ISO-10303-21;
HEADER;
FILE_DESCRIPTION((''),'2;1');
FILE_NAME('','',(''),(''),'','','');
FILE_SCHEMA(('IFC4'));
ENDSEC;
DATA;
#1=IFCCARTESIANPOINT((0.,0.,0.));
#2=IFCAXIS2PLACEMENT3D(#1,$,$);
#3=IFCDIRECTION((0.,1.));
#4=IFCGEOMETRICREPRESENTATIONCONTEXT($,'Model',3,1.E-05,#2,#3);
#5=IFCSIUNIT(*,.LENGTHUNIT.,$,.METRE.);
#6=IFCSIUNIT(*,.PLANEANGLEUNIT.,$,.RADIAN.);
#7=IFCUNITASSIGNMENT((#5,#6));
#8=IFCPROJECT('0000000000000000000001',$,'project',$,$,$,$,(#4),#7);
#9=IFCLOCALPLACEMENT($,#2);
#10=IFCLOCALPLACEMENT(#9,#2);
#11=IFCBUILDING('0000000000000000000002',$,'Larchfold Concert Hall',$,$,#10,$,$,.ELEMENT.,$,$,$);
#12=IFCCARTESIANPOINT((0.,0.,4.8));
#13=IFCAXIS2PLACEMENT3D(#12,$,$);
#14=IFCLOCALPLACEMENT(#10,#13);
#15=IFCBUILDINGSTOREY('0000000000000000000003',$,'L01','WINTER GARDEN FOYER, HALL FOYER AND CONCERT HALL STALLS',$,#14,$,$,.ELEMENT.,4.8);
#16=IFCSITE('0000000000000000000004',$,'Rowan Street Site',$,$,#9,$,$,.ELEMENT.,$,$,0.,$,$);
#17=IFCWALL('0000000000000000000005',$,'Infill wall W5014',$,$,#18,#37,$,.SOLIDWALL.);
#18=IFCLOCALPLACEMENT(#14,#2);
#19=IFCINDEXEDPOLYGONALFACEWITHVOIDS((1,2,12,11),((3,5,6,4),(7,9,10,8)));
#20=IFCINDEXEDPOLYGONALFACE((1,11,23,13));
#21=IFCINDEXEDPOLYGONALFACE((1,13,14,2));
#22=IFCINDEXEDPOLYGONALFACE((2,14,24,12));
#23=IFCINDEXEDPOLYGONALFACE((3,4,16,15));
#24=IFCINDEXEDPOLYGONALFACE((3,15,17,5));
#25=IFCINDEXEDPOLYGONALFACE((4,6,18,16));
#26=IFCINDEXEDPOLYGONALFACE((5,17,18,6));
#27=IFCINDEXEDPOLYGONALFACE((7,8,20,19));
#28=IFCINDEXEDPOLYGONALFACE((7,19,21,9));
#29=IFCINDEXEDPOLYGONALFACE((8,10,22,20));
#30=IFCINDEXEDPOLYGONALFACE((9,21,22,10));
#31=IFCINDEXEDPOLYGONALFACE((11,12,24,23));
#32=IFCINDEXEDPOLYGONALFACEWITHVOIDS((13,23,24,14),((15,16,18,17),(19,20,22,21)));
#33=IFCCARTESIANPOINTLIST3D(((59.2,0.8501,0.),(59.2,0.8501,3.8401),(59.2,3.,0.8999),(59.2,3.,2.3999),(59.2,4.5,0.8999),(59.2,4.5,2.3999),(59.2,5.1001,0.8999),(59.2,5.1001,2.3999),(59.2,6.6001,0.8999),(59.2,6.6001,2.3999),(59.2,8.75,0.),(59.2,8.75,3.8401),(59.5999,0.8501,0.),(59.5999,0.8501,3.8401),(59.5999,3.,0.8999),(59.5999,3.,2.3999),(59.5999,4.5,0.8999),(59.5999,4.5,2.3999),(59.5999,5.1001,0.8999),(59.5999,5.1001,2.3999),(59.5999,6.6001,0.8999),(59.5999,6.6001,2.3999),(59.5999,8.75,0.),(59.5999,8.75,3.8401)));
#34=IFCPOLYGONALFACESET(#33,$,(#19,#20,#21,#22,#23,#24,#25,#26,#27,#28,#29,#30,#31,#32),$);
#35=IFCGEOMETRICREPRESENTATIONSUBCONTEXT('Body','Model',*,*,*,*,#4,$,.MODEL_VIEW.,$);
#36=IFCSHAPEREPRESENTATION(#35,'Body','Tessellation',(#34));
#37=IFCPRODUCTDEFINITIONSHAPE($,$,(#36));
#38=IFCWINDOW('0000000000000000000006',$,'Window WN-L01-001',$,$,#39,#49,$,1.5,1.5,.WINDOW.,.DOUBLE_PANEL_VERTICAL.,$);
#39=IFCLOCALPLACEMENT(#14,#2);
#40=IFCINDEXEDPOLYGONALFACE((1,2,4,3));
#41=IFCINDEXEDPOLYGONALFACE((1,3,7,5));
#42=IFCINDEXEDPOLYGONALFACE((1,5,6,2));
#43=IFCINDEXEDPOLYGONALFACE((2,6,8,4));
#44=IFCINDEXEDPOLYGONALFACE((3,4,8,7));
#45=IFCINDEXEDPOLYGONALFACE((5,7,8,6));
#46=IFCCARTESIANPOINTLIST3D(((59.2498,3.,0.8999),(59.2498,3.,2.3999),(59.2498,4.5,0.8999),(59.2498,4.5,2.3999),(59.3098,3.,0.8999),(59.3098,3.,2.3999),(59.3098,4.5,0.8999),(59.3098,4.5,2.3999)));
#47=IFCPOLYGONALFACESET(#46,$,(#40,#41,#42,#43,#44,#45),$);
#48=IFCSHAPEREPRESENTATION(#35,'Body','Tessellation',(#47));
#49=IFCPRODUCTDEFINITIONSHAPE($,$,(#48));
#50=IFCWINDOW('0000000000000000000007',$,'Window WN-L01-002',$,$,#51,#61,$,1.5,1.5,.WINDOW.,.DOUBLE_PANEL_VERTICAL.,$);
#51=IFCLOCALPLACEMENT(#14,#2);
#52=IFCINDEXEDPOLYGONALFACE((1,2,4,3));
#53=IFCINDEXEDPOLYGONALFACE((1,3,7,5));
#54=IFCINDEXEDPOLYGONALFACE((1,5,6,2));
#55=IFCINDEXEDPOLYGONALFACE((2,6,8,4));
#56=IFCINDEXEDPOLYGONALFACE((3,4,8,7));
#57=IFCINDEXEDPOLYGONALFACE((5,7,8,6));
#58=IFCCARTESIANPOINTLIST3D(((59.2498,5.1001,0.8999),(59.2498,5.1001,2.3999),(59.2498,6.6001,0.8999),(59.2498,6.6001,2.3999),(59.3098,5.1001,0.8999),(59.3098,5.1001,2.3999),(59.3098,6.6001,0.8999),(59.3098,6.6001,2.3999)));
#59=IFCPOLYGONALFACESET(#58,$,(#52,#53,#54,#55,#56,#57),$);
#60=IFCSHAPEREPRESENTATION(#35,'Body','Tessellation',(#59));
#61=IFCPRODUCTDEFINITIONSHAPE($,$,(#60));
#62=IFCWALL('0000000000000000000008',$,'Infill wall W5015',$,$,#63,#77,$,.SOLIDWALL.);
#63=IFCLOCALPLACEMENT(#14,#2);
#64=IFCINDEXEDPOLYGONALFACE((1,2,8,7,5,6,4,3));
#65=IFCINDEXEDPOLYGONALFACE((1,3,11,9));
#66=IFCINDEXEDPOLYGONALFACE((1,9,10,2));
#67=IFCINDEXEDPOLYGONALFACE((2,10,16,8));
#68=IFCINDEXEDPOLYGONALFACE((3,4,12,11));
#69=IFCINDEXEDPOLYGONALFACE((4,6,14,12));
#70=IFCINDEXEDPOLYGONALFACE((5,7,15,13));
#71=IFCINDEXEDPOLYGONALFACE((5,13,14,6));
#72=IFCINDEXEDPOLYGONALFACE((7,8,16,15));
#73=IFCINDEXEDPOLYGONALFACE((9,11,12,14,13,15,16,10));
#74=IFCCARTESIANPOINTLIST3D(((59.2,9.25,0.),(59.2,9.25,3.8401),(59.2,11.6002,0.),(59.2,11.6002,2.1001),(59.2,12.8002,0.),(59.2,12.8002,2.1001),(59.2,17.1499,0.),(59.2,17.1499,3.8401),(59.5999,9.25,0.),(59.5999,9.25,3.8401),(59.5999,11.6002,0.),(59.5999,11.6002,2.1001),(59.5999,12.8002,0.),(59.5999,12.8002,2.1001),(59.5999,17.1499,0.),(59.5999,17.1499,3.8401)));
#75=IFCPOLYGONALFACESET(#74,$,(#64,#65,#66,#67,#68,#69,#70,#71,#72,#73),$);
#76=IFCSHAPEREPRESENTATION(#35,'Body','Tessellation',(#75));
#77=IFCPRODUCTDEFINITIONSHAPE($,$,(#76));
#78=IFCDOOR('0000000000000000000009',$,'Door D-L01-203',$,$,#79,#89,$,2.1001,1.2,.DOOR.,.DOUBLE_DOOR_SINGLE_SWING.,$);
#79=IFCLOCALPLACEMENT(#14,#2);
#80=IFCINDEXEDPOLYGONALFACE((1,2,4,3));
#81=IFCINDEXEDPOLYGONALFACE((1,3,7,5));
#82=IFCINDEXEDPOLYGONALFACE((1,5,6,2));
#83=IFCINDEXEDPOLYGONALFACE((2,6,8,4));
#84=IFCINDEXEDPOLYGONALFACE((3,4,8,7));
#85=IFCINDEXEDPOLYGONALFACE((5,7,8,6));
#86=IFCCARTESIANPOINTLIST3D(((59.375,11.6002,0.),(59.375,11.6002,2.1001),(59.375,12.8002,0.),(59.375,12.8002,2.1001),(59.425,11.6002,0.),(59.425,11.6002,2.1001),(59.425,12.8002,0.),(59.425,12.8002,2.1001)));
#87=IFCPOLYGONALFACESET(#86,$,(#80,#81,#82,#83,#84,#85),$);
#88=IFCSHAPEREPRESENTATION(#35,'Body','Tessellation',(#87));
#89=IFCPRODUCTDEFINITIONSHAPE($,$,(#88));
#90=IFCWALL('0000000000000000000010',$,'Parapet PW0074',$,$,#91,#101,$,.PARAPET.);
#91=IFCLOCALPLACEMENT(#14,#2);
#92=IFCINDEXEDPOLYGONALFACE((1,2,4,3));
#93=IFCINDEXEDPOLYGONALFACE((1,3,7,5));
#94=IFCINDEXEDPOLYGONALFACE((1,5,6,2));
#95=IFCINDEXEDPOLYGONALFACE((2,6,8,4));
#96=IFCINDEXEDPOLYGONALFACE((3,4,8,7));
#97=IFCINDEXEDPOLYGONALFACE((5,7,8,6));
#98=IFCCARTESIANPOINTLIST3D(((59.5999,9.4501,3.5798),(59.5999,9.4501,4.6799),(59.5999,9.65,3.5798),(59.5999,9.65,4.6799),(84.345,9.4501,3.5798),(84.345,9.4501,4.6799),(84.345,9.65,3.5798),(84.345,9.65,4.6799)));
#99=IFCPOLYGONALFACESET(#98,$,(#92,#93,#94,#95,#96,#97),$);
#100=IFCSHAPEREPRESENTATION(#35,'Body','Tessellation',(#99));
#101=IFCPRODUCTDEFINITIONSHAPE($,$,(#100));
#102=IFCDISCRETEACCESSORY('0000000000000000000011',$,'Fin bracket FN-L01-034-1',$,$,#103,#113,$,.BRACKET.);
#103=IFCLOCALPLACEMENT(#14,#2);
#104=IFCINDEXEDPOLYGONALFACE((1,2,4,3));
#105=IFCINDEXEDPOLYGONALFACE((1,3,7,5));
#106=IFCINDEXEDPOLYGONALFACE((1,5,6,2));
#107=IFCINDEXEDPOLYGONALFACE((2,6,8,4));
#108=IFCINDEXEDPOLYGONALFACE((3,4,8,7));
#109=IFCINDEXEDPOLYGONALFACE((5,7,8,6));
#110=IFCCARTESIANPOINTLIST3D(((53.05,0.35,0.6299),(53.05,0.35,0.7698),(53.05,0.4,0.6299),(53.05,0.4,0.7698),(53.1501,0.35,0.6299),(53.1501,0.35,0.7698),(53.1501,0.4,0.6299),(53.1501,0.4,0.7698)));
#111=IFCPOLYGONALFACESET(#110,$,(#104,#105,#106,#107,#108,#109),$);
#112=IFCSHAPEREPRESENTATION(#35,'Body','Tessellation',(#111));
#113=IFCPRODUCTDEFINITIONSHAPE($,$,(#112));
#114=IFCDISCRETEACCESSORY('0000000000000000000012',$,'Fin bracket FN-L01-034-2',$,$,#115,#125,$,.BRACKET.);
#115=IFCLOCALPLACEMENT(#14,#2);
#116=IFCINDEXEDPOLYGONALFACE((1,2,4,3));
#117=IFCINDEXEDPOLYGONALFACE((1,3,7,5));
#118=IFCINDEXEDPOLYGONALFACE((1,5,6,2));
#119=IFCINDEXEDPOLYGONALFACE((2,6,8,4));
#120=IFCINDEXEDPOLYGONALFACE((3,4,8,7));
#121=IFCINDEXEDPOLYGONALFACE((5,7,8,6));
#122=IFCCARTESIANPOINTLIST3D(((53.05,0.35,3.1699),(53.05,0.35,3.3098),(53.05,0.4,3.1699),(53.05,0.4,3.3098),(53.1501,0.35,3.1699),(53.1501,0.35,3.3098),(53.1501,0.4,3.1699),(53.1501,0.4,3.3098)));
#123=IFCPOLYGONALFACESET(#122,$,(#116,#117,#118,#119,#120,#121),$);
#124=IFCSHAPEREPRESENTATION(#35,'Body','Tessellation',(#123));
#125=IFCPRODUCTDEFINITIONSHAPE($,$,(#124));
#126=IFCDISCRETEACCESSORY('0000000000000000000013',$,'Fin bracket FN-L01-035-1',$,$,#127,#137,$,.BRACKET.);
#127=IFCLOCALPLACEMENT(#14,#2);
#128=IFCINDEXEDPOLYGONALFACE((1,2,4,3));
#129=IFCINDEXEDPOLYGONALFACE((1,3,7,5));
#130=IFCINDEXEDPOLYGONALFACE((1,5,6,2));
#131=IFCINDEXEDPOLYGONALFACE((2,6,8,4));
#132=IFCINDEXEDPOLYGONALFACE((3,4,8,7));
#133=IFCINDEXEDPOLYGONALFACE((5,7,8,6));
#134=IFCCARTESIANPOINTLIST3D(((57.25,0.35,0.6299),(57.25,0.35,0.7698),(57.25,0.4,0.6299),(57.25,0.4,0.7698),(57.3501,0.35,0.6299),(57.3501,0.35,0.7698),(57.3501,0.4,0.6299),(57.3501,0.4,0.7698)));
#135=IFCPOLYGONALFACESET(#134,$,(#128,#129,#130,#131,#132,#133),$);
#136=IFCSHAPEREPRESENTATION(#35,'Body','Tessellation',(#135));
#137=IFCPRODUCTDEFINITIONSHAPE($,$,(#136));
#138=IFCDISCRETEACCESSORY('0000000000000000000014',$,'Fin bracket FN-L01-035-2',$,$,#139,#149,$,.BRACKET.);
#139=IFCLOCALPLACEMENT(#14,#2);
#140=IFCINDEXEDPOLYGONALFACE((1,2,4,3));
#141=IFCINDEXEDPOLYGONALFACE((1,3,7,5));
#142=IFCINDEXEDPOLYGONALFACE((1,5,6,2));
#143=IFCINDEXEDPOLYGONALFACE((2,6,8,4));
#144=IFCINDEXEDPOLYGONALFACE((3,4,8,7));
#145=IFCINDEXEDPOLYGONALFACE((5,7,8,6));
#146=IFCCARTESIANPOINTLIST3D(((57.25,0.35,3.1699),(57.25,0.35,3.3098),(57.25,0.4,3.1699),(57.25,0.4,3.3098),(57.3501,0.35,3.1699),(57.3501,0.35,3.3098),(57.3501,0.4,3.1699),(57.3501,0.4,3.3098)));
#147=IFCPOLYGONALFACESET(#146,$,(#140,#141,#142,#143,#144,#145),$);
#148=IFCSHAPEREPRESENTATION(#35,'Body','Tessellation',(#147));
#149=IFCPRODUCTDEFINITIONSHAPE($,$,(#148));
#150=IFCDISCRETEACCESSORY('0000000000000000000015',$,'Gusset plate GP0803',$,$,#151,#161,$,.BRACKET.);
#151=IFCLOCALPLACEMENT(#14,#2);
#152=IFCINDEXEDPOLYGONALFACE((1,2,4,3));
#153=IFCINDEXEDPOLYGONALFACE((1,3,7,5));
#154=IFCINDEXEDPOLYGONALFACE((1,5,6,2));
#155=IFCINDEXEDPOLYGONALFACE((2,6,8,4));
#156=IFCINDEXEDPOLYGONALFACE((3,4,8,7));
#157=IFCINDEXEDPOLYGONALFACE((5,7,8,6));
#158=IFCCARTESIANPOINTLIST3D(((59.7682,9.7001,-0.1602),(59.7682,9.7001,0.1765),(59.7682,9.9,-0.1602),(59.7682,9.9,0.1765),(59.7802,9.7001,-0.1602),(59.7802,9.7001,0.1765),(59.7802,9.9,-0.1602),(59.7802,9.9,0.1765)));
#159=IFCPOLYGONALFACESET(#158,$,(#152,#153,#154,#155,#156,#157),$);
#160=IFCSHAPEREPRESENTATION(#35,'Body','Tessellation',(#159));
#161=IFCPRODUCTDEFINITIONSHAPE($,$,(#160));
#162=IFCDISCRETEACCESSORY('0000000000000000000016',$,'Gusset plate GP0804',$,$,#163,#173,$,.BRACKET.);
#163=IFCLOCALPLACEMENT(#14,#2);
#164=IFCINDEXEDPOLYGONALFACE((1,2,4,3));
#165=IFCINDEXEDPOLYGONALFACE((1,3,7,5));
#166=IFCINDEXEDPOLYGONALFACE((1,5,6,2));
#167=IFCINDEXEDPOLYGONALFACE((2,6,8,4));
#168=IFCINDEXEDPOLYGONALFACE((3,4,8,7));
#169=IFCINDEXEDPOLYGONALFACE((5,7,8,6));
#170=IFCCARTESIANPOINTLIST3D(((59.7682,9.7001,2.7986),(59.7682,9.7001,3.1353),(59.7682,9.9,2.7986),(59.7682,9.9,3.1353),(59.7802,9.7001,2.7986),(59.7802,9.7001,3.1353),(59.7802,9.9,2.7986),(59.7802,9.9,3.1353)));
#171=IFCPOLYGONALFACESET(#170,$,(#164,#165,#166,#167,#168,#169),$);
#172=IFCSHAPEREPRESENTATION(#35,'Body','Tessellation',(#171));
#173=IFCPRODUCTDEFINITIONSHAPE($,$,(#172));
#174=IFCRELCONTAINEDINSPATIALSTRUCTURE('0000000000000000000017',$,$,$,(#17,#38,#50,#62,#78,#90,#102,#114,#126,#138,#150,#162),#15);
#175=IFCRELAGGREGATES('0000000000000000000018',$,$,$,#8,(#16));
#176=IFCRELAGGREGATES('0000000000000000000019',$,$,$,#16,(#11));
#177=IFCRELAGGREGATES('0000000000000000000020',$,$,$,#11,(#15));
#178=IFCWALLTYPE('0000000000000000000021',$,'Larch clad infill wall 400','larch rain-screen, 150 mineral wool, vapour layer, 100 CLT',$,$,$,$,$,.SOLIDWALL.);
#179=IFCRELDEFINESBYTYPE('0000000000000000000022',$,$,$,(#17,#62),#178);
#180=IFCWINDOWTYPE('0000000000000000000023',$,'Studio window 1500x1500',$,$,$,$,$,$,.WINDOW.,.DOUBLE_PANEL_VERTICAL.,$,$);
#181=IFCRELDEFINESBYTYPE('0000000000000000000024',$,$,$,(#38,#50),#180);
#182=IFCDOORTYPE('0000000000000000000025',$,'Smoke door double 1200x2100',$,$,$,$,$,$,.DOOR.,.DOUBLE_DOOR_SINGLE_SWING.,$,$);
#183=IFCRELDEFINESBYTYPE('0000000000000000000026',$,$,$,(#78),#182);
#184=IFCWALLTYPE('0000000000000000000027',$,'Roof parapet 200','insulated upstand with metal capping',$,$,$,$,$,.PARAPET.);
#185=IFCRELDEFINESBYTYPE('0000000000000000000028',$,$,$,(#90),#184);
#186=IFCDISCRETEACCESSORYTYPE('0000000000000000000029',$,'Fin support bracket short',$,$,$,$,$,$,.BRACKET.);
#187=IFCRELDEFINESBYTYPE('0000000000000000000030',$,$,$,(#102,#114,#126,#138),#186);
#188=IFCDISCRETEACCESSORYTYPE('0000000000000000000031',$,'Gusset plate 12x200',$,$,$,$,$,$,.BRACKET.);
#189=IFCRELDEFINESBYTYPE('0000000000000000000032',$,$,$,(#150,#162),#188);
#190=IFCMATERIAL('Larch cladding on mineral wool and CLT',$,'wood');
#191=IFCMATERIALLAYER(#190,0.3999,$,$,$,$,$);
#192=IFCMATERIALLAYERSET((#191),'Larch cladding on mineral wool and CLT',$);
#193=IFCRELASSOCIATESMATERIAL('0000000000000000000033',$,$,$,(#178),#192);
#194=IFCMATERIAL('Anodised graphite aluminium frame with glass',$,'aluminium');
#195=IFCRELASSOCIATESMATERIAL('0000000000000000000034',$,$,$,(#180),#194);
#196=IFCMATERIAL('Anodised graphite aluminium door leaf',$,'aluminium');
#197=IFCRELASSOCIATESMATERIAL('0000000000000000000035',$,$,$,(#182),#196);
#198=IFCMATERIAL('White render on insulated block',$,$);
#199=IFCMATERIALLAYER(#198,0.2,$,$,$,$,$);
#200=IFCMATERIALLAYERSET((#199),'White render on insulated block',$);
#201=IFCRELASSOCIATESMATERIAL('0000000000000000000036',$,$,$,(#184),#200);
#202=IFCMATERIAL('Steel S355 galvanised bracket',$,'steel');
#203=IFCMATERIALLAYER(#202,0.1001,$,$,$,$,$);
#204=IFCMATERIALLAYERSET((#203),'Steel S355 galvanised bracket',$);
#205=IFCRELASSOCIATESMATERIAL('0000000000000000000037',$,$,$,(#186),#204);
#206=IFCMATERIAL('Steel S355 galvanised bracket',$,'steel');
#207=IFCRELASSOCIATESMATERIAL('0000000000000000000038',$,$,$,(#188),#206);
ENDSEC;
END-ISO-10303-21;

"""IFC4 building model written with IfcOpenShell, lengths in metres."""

from ifc_helpers import new_model, si_unit, direction, frame, frame_2d, origin, origin_2d, place, context, subcontext, project, spatial, rectangle, extrude, material, layer, layer_set, material_profile, profile_set, type_object, element, fill, save


model = new_model("IFC4")

# Units and contexts
model_context = context("Model", 3, precision=1e-05, world=origin(), true_north=direction((0.0, 1.0)))
body_context = subcontext(model_context, "Body", "Model", "MODEL_VIEW")
ifc_project = project(units=[si_unit("LENGTHUNIT", "METRE"), si_unit("PLANEANGLEUNIT", "RADIAN")], contexts=[model_context])

# Site, building, storey
site_placement = place(None, origin())
site = spatial("IfcSite", under=ifc_project, at=site_placement, Name="Rowan Street Site", CompositionType="ELEMENT", RefElevation=0.0)
building_placement = place(site_placement, origin())
building = spatial("IfcBuilding", under=site, at=building_placement, Name="Larchfold Concert Hall", CompositionType="ELEMENT")
storey_placement = place(building_placement, frame((0.0, 0.0, 4.8)))
storey = spatial("IfcBuildingStorey", under=building, at=storey_placement, Name="L01", Description="WINTER GARDEN FOYER, HALL FOYER AND CONCERT HALL STALLS", CompositionType="ELEMENT", Elevation=4.8)

# Wall, openings, windows
ifc_material_1 = material(Name="Larch cladding on mineral wool and CLT", Category="wood")
ifc_layer_1 = layer(ifc_material_1, 0.3999)
ifc_layer_set_1 = layer_set([ifc_layer_1], Name="Larch cladding on mineral wool and CLT")
wall_type_1 = type_object("IfcWallType", Name="Larch clad infill wall 400", Description="larch rain-screen, 150 mineral wool, vapour layer, 100 CLT", PredefinedType="SOLIDWALL", material=ifc_layer_set_1)
wall_1_placement = place(storey_placement, frame((59.3999, 0.8501, 0.0), z_axis=(0.0, 0.0, 1.0), x_axis=(0.0, 1.0, 0.0)))
wall_1 = element("IfcWall", 1, at=wall_1_placement, inside=storey, type_object=wall_type_1, Name="Infill wall W5014", PredefinedType="SOLIDWALL", context=body_context, shape_type="SweptSolid", body=[
    extrude(rectangle(XDim=7.8999, YDim=0.3999, at=frame_2d((3.95, 0.0))), origin(), (0.0, 0.0, 1.0), 3.8401),
])
opening_1_placement = place(wall_1_placement, frame((2.1499, 0.0, 0.8999)))
opening_1 = element("IfcOpeningElement", 2, at=opening_1_placement, cuts=wall_1, PredefinedType="OPENING", context=body_context, shape_type="SweptSolid", body=[
    extrude(rectangle(XDim=1.5, YDim=1.5, at=frame_2d((0.75, 0.75))), frame((0.0, 0.21, 0.0), z_axis=(0.0, -1.0, 0.0), x_axis=(1.0, 0.0, 0.0)), (0.0, 0.0, 1.0), 0.4199),
])
opening_2_placement = place(wall_1_placement, frame((4.25, 0.0, 0.8999)))
opening_2 = element("IfcOpeningElement", 3, at=opening_2_placement, cuts=wall_1, PredefinedType="OPENING", context=body_context, shape_type="SweptSolid", body=[
    extrude(rectangle(XDim=1.5, YDim=1.5, at=frame_2d((0.75, 0.75))), frame((0.0, 0.21, 0.0), z_axis=(0.0, -1.0, 0.0), x_axis=(1.0, 0.0, 0.0)), (0.0, 0.0, 1.0), 0.4199),
])
ifc_material_2 = material(Name="Anodised graphite aluminium frame with glass", Category="aluminium")
window_type = type_object("IfcWindowType", Name="Studio window 1500x1500", PartitioningType="DOUBLE_PANEL_VERTICAL", PredefinedType="WINDOW", material=ifc_material_2)
window_1_placement = place(opening_1_placement, origin())
window_1 = element("IfcWindow", 4, at=window_1_placement, inside=storey, type_object=window_type, Name="Window WN-L01-001", OverallHeight=1.5, OverallWidth=1.5, PartitioningType="DOUBLE_PANEL_VERTICAL", PredefinedType="WINDOW", context=body_context, shape_type="SweptSolid", body=[
    extrude(rectangle(XDim=1.5, YDim=1.5, at=frame_2d((0.75, 0.75))), frame((0.0, 0.1501, 0.0), z_axis=(0.0, -1.0, 0.0), x_axis=(1.0, 0.0, 0.0)), (0.0, 0.0, 1.0), 0.0601),
])
fill(opening_1, window_1)
window_2_placement = place(opening_2_placement, origin())
window_2 = element("IfcWindow", 5, at=window_2_placement, inside=storey, type_object=window_type, Name="Window WN-L01-002", OverallHeight=1.5, OverallWidth=1.5, PartitioningType="DOUBLE_PANEL_VERTICAL", PredefinedType="WINDOW", context=body_context, shape_type="SweptSolid", body=[
    extrude(rectangle(XDim=1.5, YDim=1.5, at=frame_2d((0.75, 0.75))), frame((0.0, 0.1501, 0.0), z_axis=(0.0, -1.0, 0.0), x_axis=(1.0, 0.0, 0.0)), (0.0, 0.0, 1.0), 0.0601),
])
fill(opening_2, window_2)

# Wall, opening, door
wall_2_placement = place(storey_placement, frame((59.3999, 9.25, 0.0), z_axis=(0.0, 0.0, 1.0), x_axis=(0.0, 1.0, 0.0)))
wall_2 = element("IfcWall", 6, at=wall_2_placement, inside=storey, type_object=wall_type_1, Name="Infill wall W5015", PredefinedType="SOLIDWALL", context=body_context, shape_type="SweptSolid", body=[
    extrude(rectangle(XDim=7.8999, YDim=0.3999, at=frame_2d((3.95, 0.0))), origin(), (0.0, 0.0, 1.0), 3.8401),
])
opening_3_placement = place(wall_2_placement, frame((2.3501, 0.0, 0.0)))
opening_3 = element("IfcOpeningElement", 7, at=opening_3_placement, cuts=wall_2, PredefinedType="OPENING", context=body_context, shape_type="SweptSolid", body=[
    extrude(rectangle(XDim=1.2, YDim=2.1001, at=frame_2d((0.6001, 1.05))), frame((0.0, 0.21, 0.0), z_axis=(0.0, -1.0, 0.0), x_axis=(1.0, 0.0, 0.0)), (0.0, 0.0, 1.0), 0.4199),
])
ifc_material_3 = material(Name="Anodised graphite aluminium door leaf", Category="aluminium")
door_type = type_object("IfcDoorType", Name="Smoke door double 1200x2100", OperationType="DOUBLE_DOOR_SINGLE_SWING", PredefinedType="DOOR", material=ifc_material_3)
door_placement = place(opening_3_placement, origin())
door = element("IfcDoor", 8, at=door_placement, inside=storey, type_object=door_type, Name="Door D-L01-203", OperationType="DOUBLE_DOOR_SINGLE_SWING", OverallHeight=2.1001, OverallWidth=1.2, PredefinedType="DOOR", context=body_context, shape_type="SweptSolid", body=[
    extrude(rectangle(XDim=1.2, YDim=2.1001, at=frame_2d((0.6001, 1.05))), frame((0.0, 0.0249, 0.0), z_axis=(0.0, -1.0, 0.0), x_axis=(1.0, 0.0, 0.0)), (0.0, 0.0, 1.0), 0.05),
])
fill(opening_3, door)

# Wall
ifc_material_4 = material(Name="White render on insulated block")
ifc_layer_2 = layer(ifc_material_4, 0.2)
ifc_layer_set_2 = layer_set([ifc_layer_2], Name="White render on insulated block")
wall_type_2 = type_object("IfcWallType", Name="Roof parapet 200", Description="insulated upstand with metal capping", PredefinedType="PARAPET", material=ifc_layer_set_2)
wall_3_placement = place(storey_placement, frame((59.5999, 9.55, 3.5798), z_axis=(0.0, 0.0, 1.0), x_axis=(1.0, 0.0, 0.0)))
element("IfcWall", 9, at=wall_3_placement, inside=storey, type_object=wall_type_2, Name="Parapet PW0074", PredefinedType="PARAPET", context=body_context, shape_type="SweptSolid", body=[
    extrude(rectangle(XDim=24.7451, YDim=0.2, at=frame_2d((12.3726, 0.0))), origin(), (0.0, 0.0, 1.0), 1.1001),
])

# Discrete accessories
ifc_material_5 = material(Name="Steel S355 galvanised bracket", Category="steel")
ifc_layer_3 = layer(ifc_material_5, 0.1001)
ifc_layer_set_3 = layer_set([ifc_layer_3], Name="Steel S355 galvanised bracket")
discrete_accessory_type_1 = type_object("IfcDiscreteAccessoryType", Name="Fin support bracket short", PredefinedType="BRACKET", material=ifc_layer_set_3)
for number, where, z_axis, x_axis, name in (
    (10, (53.1001, 0.375, 0.6299), (0.0, 0.0, 1.0), (0.0, -1.0, 0.0), "Fin bracket FN-L01-034-1"),
    (11, (53.1001, 0.375, 3.1699), (0.0, 0.0, 1.0), (0.0, -1.0, 0.0), "Fin bracket FN-L01-034-2"),
    (12, (57.3, 0.375, 0.6299), (0.0, 0.0, 1.0), (0.0, -1.0, 0.0), "Fin bracket FN-L01-035-1"),
    (13, (57.3, 0.375, 3.1699), (0.0, 0.0, 1.0), (0.0, -1.0, 0.0), "Fin bracket FN-L01-035-2"),
):
    element("IfcDiscreteAccessory", number, at=place(storey_placement, frame(where, z_axis=z_axis, x_axis=x_axis)), inside=storey, type_object=discrete_accessory_type_1, Name=name, PredefinedType="BRACKET", context=body_context, shape_type="SweptSolid", body=[
        extrude(rectangle(XDim=0.05, YDim=0.1001, at=origin_2d()), origin(), (0.0, 0.0, 1.0), 0.1399),
    ])
ifc_material_6 = material(Name="Steel S355 galvanised bracket", Category="steel")
ifc_material_profile_1 = material_profile(ifc_material_6, rectangle(XDim=0.012, YDim=0.2, at=origin_2d()))
ifc_profile_set_1 = profile_set([ifc_material_profile_1], Name="Steel S355 galvanised bracket")
discrete_accessory_type_2 = type_object("IfcDiscreteAccessoryType", Name="Gusset plate 12x200", PredefinedType="BRACKET", material=ifc_profile_set_1)
for number, where, z_axis, x_axis, name in (
    (14, (59.7742, 9.8, -0.1602), (0.0, 0.0, 1.0), (1.0, 0.0, 0.0), "Gusset plate GP0803"),
    (15, (59.7742, 9.8, 2.7986), (0.0, 0.0, 1.0), (1.0, 0.0, 0.0), "Gusset plate GP0804"),
):
    element("IfcDiscreteAccessory", number, at=place(storey_placement, frame(where, z_axis=z_axis, x_axis=x_axis)), inside=storey, type_object=discrete_accessory_type_2, Name=name, PredefinedType="BRACKET", context=body_context, shape_type="SweptSolid", body=[
        extrude(rectangle(XDim=0.012, YDim=0.2, at=origin_2d()), origin(), (0.0, 0.0, 1.0), 0.3367),
    ])

save(model, "model.ifc")
